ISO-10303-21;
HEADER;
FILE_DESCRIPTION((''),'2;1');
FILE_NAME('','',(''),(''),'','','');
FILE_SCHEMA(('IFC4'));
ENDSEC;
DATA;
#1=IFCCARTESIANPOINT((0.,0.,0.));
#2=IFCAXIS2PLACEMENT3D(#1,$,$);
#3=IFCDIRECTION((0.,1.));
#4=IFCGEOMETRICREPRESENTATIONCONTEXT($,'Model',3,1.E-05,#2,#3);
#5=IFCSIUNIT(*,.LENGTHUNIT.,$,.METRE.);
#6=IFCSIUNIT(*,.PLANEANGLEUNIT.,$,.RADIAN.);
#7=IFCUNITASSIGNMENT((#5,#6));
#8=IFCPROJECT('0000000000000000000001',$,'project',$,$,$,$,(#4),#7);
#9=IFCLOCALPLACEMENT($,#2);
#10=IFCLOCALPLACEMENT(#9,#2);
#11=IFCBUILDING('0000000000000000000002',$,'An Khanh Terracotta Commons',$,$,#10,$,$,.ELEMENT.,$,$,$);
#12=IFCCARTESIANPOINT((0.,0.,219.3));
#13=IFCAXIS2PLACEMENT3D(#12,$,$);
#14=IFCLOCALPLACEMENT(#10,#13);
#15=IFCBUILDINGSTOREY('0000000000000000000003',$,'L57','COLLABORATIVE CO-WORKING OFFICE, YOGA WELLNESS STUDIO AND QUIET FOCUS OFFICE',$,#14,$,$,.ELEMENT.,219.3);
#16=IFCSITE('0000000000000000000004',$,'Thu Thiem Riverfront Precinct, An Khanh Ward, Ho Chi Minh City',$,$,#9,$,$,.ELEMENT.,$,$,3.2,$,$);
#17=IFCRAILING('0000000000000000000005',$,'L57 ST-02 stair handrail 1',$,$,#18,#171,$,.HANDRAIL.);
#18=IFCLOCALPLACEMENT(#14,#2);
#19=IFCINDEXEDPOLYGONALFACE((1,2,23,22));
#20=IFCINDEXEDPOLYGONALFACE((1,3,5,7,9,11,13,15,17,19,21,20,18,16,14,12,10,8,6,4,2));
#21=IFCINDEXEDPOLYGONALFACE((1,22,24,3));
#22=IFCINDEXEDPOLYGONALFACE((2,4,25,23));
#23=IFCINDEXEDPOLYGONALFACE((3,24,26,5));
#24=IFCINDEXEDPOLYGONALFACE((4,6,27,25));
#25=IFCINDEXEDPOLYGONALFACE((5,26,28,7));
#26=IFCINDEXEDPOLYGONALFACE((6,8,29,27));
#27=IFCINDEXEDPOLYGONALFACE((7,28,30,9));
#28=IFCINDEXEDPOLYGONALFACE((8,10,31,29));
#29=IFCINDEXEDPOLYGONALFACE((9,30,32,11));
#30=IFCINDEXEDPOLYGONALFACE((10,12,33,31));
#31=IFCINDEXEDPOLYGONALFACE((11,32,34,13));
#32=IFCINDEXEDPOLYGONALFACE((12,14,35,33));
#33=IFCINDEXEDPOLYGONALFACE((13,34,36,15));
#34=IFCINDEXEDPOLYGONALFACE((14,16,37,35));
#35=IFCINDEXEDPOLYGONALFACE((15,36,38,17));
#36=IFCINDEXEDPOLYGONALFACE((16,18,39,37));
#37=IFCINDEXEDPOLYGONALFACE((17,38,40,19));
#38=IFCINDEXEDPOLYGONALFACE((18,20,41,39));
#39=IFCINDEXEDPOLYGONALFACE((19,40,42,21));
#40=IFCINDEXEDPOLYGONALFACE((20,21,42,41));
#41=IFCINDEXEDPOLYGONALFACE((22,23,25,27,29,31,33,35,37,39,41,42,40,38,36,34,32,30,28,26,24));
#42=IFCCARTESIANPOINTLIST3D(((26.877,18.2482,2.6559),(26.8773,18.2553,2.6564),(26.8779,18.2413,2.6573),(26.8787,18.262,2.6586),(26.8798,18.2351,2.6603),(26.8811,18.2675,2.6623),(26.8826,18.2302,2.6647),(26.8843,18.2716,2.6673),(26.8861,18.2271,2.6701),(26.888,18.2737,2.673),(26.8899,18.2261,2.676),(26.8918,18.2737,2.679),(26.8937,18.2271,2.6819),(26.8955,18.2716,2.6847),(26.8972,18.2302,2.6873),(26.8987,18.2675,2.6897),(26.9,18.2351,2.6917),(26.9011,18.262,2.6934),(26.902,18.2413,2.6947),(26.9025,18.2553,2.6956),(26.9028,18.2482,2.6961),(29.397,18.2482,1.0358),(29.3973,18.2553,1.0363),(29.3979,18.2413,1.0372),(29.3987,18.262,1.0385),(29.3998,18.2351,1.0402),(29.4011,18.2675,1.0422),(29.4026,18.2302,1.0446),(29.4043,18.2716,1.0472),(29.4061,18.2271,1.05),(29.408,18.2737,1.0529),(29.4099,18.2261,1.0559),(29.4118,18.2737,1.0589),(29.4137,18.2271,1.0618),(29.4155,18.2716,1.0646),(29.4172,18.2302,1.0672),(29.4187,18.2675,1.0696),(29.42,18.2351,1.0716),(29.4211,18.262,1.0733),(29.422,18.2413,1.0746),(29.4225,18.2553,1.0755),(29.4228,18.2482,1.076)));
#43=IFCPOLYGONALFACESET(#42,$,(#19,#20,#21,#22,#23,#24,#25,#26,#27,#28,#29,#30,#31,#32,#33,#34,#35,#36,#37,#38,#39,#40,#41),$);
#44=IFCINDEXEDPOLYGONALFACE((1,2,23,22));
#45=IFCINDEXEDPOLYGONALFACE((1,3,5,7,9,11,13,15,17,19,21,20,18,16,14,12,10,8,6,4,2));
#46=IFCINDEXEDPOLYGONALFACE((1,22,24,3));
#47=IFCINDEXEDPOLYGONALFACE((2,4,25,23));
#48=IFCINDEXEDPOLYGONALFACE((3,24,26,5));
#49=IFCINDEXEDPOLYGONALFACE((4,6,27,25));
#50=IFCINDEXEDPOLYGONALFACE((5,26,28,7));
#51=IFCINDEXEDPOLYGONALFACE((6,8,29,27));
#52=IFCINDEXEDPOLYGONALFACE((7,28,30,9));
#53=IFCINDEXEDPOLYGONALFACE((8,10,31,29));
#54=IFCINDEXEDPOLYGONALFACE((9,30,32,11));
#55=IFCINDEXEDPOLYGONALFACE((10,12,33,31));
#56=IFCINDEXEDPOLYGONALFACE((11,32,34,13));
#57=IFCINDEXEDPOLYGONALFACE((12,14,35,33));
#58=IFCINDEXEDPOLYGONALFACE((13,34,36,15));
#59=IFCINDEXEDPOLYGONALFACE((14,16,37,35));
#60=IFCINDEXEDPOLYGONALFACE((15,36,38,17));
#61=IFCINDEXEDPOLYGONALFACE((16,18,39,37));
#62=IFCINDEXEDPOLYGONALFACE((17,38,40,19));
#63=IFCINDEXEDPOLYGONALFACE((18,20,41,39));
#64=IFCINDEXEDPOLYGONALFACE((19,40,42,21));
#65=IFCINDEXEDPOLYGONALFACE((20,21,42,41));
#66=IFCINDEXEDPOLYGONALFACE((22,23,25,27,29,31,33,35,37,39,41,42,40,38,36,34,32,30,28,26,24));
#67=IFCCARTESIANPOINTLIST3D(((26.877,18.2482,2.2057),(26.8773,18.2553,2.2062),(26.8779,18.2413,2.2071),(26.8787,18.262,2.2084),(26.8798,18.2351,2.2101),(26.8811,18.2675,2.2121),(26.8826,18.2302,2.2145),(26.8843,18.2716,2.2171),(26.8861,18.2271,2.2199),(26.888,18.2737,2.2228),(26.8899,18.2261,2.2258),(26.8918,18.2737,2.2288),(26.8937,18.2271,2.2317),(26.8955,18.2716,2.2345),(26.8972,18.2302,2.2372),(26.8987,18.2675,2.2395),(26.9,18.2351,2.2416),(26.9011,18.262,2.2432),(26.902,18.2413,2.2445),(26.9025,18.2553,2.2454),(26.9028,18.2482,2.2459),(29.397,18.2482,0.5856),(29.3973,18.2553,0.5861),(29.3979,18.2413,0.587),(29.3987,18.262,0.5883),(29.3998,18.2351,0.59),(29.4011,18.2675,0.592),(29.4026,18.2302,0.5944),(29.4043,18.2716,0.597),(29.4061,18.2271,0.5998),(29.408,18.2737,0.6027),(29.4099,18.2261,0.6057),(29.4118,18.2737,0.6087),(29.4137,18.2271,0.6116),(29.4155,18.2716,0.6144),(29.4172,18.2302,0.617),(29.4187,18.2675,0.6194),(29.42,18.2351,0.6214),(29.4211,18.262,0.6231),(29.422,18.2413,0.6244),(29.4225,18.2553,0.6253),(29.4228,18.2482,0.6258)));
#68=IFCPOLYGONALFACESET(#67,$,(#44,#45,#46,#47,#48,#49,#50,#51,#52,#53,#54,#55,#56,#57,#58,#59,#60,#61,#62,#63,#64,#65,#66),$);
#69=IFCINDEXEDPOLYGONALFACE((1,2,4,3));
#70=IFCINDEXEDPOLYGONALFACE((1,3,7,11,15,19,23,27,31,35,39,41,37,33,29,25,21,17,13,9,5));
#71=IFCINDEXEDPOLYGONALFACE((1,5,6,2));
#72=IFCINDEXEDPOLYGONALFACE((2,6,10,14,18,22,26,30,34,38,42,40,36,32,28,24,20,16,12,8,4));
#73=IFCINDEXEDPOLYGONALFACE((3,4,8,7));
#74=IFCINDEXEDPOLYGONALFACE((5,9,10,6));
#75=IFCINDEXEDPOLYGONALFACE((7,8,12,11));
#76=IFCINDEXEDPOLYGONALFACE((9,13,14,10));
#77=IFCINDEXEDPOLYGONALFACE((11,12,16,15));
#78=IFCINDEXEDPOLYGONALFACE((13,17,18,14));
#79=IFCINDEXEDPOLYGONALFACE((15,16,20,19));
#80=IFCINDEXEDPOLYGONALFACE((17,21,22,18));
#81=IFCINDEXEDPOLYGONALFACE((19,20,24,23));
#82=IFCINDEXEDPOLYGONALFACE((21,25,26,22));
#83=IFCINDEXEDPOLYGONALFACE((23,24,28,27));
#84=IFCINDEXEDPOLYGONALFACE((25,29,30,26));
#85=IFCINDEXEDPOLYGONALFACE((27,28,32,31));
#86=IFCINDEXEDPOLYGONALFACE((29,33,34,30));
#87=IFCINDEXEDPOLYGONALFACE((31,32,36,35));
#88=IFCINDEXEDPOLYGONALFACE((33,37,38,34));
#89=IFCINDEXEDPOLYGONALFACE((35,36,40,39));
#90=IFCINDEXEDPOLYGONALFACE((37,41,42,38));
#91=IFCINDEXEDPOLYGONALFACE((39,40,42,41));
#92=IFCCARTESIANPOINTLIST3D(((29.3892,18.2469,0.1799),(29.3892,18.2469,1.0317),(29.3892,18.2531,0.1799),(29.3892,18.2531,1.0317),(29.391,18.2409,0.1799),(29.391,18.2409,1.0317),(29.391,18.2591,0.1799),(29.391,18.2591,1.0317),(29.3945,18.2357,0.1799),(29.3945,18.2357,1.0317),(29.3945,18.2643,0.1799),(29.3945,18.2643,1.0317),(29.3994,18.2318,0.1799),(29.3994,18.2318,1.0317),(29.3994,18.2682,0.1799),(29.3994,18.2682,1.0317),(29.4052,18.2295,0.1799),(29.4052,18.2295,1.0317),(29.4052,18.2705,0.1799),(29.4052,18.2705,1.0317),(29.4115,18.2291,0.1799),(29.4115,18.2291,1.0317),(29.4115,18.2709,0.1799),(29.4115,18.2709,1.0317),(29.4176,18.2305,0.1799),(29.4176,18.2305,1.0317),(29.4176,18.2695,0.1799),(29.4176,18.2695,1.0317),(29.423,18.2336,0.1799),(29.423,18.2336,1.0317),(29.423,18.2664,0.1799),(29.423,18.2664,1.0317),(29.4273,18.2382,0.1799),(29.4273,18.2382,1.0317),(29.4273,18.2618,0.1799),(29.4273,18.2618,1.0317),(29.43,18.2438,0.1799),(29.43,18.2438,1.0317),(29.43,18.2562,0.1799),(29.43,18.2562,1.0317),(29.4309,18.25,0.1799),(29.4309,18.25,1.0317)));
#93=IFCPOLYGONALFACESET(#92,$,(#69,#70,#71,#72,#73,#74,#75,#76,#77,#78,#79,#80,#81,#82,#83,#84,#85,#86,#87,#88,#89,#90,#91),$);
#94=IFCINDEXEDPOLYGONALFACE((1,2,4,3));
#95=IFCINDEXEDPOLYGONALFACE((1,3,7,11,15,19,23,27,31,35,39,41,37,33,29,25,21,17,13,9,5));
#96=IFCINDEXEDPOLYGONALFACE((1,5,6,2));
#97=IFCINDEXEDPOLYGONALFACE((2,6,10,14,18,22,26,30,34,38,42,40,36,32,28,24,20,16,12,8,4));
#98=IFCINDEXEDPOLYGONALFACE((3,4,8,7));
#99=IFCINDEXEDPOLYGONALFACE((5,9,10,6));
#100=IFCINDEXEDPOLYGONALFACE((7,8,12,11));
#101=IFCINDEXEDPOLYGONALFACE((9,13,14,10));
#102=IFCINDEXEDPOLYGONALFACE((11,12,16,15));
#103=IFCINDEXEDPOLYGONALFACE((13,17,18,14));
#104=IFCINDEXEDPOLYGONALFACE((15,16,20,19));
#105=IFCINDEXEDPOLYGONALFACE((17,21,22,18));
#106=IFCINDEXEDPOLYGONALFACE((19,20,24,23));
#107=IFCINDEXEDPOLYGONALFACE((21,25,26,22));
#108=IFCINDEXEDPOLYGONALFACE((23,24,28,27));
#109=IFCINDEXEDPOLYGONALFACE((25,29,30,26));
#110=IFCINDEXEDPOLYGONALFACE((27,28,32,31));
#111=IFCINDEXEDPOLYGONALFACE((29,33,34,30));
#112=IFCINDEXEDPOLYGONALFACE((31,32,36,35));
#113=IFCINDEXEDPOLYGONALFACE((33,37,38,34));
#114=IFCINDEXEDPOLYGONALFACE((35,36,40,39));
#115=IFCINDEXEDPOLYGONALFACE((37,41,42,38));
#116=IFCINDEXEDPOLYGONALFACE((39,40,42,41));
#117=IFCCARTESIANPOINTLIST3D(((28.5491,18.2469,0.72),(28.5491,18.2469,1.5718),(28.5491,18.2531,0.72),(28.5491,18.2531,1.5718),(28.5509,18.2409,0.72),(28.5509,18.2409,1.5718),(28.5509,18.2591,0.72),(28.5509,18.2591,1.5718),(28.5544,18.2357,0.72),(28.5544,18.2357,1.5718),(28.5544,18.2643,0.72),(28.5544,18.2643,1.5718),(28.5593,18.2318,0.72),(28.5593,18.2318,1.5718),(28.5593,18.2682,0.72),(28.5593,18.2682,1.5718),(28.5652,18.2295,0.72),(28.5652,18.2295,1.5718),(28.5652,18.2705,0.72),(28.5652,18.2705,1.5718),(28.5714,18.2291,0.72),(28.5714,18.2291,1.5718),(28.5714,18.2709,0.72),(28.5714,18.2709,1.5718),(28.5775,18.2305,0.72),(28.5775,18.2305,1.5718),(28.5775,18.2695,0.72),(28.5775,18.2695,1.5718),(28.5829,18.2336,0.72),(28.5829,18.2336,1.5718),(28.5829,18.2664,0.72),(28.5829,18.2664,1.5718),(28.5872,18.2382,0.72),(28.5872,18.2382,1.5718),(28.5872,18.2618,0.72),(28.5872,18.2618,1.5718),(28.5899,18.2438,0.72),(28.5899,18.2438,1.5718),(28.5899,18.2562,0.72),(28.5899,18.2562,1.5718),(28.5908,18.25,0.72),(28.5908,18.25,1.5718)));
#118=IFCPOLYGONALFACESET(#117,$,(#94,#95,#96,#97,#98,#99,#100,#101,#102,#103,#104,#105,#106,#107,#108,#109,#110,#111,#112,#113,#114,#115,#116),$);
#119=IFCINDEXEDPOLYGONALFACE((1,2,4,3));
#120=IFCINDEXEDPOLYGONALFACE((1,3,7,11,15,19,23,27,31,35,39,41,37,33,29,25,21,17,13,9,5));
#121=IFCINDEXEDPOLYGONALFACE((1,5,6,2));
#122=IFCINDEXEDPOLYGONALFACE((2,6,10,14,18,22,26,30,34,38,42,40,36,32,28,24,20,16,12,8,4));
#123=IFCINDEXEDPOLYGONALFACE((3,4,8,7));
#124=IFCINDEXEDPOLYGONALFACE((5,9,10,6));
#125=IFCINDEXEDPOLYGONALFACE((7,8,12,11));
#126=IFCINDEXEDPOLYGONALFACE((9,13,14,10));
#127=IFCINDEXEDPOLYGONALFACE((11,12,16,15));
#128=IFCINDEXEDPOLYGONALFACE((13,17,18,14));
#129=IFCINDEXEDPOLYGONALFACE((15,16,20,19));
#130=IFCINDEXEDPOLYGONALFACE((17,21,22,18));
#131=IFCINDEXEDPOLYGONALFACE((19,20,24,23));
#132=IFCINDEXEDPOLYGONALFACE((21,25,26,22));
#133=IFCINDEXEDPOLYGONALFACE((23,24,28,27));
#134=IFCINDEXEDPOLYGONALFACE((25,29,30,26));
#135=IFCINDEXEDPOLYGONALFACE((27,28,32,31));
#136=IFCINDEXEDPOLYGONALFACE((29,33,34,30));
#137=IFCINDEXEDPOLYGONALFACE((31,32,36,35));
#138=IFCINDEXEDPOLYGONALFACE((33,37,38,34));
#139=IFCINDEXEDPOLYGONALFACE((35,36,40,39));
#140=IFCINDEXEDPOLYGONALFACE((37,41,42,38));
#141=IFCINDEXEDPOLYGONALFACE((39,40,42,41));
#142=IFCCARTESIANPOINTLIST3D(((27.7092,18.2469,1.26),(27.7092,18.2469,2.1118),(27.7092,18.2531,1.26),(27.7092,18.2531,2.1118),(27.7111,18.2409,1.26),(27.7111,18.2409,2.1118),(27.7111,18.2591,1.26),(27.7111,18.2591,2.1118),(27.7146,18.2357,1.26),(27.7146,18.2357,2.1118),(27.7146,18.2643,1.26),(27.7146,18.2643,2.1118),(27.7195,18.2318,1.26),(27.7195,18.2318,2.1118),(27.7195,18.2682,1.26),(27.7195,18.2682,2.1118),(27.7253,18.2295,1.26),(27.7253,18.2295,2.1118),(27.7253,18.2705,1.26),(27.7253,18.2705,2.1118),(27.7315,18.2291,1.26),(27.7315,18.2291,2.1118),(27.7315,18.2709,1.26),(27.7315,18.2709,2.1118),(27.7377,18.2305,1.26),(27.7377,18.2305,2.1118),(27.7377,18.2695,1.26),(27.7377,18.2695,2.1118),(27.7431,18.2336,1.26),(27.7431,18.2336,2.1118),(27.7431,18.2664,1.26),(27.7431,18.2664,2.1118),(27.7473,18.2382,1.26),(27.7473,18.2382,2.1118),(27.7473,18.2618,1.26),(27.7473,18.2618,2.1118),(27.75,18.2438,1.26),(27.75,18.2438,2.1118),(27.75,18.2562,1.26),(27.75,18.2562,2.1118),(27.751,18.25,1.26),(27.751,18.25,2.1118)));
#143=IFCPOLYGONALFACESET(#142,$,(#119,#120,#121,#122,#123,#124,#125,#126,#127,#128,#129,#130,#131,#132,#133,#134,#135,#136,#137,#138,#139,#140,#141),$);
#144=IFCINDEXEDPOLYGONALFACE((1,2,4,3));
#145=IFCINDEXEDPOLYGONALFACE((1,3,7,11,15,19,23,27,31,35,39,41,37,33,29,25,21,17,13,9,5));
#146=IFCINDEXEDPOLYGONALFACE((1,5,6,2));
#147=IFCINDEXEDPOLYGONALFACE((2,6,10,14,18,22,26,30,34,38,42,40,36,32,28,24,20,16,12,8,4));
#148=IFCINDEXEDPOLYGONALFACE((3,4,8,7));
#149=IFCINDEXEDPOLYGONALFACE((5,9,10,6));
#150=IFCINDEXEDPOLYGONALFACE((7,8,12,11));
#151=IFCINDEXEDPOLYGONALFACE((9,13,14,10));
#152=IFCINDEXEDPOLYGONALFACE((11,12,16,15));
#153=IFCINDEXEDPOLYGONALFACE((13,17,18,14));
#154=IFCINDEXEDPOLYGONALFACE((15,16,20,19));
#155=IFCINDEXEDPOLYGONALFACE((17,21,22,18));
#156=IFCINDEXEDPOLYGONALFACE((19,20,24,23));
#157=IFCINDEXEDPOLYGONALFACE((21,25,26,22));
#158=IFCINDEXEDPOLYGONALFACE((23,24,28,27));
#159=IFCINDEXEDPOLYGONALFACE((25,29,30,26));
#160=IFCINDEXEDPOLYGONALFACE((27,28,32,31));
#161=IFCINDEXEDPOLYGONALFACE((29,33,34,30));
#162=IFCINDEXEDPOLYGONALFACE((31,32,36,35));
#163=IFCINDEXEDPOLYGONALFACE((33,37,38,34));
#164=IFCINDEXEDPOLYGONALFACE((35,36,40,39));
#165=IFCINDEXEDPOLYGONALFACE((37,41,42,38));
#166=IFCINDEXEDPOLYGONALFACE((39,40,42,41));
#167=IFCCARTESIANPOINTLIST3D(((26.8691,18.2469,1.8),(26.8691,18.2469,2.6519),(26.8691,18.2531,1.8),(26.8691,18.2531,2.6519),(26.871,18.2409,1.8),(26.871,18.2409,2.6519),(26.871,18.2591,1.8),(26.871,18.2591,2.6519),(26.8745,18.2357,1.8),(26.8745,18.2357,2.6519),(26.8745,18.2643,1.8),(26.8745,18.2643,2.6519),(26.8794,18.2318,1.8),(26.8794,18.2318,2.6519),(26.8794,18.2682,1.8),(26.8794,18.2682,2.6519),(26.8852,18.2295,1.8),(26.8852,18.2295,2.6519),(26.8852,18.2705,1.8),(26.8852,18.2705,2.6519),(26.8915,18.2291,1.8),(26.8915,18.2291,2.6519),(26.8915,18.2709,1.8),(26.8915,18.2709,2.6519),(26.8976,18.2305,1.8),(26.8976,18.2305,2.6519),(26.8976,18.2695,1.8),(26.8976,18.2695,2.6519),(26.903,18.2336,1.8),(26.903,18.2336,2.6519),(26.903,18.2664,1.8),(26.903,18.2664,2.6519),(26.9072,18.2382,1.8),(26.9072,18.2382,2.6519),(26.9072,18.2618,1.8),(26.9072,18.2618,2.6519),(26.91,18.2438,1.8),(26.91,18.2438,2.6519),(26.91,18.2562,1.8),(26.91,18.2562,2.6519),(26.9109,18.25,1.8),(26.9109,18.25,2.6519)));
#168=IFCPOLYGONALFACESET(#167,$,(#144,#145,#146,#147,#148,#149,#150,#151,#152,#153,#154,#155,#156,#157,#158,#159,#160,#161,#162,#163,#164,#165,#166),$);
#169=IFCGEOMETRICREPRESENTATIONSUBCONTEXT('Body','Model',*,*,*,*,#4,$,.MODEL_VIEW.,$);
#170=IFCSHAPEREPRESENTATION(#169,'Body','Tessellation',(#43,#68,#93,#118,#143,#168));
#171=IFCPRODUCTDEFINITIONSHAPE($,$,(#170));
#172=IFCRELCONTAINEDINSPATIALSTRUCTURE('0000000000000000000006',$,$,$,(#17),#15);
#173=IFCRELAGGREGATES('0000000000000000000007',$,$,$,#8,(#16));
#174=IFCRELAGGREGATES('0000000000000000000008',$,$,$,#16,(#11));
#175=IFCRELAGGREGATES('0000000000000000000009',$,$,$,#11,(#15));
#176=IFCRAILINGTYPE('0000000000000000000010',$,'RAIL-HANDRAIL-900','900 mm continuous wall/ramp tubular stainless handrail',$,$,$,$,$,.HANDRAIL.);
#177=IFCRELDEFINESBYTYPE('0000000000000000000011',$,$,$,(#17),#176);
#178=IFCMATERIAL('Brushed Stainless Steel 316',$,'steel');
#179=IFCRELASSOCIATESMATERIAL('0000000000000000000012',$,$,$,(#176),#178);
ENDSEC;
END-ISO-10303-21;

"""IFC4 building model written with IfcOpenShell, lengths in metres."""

from ifc_helpers import new_model, si_unit, direction, frame, origin, origin_2d, place, context, subcontext, project, spatial, circle, extrude, material, type_object, element, save


model = new_model("IFC4")

# Units and contexts
model_context = context("Model", 3, precision=1e-05, world=origin(), true_north=direction((0.0, 1.0)))
body_context = subcontext(model_context, "Body", "Model", "MODEL_VIEW")
ifc_project = project(units=[si_unit("LENGTHUNIT", "METRE"), si_unit("PLANEANGLEUNIT", "RADIAN")], contexts=[model_context])

# Site, building, storey
site_placement = place(None, origin())
site = spatial("IfcSite", under=ifc_project, at=site_placement, Name="Thu Thiem Riverfront Precinct, An Khanh Ward, Ho Chi Minh City", CompositionType="ELEMENT", RefElevation=3.2)
building_placement = place(site_placement, origin())
building = spatial("IfcBuilding", under=site, at=building_placement, Name="An Khanh Terracotta Commons", CompositionType="ELEMENT")
storey_placement = place(building_placement, frame((0.0, 0.0, 219.3)))
storey = spatial("IfcBuildingStorey", under=building, at=storey_placement, Name="L57", Description="COLLABORATIVE CO-WORKING OFFICE, YOGA WELLNESS STUDIO AND QUIET FOCUS OFFICE", CompositionType="ELEMENT", Elevation=219.3)

# Railing
ifc_material_1 = material(Name="Brushed Stainless Steel 316", Category="steel")
railing_type = type_object("IfcRailingType", Name="RAIL-HANDRAIL-900", Description="900 mm continuous wall/ramp tubular stainless handrail", PredefinedType="HANDRAIL", material=ifc_material_1)
railing_placement = place(storey_placement, frame((29.4099, 18.25, 0.1799)))
element("IfcRailing", 1, at=railing_placement, inside=storey, type_object=railing_type, Name="L57 ST-02 stair handrail 1", PredefinedType="HANDRAIL", context=body_context, shape_type="SweptSolid", body=[
    extrude(circle(Radius=0.0239, at=origin_2d()), frame((0.0, 0.0, 0.876), z_axis=(-0.841163, 0.0, 0.540782), x_axis=(0.0, -1.0, 0.0)), (0.0, 0.0, 1.0), 2.9958),
    extrude(circle(Radius=0.0239, at=origin_2d()), frame((0.0, 0.0, 0.4258), z_axis=(-0.841163, 0.0, 0.540782), x_axis=(0.0, -1.0, 0.0)), (0.0, 0.0, 1.0), 2.9958),
    extrude(circle(Radius=0.021, at=origin_2d()), origin(), (0.0, 0.0, 1.0), 0.8518),
    extrude(circle(Radius=0.021, at=origin_2d()), frame((-0.8401, 0.0, 0.54)), (0.0, 0.0, 1.0), 0.8518),
    extrude(circle(Radius=0.021, at=origin_2d()), frame((-1.6799, 0.0, 1.0801)), (0.0, 0.0, 1.0), 0.8518),
    extrude(circle(Radius=0.021, at=origin_2d()), frame((-2.52, 0.0, 1.6201)), (0.0, 0.0, 1.0), 0.8518),
])

save(model, "model.ifc")
